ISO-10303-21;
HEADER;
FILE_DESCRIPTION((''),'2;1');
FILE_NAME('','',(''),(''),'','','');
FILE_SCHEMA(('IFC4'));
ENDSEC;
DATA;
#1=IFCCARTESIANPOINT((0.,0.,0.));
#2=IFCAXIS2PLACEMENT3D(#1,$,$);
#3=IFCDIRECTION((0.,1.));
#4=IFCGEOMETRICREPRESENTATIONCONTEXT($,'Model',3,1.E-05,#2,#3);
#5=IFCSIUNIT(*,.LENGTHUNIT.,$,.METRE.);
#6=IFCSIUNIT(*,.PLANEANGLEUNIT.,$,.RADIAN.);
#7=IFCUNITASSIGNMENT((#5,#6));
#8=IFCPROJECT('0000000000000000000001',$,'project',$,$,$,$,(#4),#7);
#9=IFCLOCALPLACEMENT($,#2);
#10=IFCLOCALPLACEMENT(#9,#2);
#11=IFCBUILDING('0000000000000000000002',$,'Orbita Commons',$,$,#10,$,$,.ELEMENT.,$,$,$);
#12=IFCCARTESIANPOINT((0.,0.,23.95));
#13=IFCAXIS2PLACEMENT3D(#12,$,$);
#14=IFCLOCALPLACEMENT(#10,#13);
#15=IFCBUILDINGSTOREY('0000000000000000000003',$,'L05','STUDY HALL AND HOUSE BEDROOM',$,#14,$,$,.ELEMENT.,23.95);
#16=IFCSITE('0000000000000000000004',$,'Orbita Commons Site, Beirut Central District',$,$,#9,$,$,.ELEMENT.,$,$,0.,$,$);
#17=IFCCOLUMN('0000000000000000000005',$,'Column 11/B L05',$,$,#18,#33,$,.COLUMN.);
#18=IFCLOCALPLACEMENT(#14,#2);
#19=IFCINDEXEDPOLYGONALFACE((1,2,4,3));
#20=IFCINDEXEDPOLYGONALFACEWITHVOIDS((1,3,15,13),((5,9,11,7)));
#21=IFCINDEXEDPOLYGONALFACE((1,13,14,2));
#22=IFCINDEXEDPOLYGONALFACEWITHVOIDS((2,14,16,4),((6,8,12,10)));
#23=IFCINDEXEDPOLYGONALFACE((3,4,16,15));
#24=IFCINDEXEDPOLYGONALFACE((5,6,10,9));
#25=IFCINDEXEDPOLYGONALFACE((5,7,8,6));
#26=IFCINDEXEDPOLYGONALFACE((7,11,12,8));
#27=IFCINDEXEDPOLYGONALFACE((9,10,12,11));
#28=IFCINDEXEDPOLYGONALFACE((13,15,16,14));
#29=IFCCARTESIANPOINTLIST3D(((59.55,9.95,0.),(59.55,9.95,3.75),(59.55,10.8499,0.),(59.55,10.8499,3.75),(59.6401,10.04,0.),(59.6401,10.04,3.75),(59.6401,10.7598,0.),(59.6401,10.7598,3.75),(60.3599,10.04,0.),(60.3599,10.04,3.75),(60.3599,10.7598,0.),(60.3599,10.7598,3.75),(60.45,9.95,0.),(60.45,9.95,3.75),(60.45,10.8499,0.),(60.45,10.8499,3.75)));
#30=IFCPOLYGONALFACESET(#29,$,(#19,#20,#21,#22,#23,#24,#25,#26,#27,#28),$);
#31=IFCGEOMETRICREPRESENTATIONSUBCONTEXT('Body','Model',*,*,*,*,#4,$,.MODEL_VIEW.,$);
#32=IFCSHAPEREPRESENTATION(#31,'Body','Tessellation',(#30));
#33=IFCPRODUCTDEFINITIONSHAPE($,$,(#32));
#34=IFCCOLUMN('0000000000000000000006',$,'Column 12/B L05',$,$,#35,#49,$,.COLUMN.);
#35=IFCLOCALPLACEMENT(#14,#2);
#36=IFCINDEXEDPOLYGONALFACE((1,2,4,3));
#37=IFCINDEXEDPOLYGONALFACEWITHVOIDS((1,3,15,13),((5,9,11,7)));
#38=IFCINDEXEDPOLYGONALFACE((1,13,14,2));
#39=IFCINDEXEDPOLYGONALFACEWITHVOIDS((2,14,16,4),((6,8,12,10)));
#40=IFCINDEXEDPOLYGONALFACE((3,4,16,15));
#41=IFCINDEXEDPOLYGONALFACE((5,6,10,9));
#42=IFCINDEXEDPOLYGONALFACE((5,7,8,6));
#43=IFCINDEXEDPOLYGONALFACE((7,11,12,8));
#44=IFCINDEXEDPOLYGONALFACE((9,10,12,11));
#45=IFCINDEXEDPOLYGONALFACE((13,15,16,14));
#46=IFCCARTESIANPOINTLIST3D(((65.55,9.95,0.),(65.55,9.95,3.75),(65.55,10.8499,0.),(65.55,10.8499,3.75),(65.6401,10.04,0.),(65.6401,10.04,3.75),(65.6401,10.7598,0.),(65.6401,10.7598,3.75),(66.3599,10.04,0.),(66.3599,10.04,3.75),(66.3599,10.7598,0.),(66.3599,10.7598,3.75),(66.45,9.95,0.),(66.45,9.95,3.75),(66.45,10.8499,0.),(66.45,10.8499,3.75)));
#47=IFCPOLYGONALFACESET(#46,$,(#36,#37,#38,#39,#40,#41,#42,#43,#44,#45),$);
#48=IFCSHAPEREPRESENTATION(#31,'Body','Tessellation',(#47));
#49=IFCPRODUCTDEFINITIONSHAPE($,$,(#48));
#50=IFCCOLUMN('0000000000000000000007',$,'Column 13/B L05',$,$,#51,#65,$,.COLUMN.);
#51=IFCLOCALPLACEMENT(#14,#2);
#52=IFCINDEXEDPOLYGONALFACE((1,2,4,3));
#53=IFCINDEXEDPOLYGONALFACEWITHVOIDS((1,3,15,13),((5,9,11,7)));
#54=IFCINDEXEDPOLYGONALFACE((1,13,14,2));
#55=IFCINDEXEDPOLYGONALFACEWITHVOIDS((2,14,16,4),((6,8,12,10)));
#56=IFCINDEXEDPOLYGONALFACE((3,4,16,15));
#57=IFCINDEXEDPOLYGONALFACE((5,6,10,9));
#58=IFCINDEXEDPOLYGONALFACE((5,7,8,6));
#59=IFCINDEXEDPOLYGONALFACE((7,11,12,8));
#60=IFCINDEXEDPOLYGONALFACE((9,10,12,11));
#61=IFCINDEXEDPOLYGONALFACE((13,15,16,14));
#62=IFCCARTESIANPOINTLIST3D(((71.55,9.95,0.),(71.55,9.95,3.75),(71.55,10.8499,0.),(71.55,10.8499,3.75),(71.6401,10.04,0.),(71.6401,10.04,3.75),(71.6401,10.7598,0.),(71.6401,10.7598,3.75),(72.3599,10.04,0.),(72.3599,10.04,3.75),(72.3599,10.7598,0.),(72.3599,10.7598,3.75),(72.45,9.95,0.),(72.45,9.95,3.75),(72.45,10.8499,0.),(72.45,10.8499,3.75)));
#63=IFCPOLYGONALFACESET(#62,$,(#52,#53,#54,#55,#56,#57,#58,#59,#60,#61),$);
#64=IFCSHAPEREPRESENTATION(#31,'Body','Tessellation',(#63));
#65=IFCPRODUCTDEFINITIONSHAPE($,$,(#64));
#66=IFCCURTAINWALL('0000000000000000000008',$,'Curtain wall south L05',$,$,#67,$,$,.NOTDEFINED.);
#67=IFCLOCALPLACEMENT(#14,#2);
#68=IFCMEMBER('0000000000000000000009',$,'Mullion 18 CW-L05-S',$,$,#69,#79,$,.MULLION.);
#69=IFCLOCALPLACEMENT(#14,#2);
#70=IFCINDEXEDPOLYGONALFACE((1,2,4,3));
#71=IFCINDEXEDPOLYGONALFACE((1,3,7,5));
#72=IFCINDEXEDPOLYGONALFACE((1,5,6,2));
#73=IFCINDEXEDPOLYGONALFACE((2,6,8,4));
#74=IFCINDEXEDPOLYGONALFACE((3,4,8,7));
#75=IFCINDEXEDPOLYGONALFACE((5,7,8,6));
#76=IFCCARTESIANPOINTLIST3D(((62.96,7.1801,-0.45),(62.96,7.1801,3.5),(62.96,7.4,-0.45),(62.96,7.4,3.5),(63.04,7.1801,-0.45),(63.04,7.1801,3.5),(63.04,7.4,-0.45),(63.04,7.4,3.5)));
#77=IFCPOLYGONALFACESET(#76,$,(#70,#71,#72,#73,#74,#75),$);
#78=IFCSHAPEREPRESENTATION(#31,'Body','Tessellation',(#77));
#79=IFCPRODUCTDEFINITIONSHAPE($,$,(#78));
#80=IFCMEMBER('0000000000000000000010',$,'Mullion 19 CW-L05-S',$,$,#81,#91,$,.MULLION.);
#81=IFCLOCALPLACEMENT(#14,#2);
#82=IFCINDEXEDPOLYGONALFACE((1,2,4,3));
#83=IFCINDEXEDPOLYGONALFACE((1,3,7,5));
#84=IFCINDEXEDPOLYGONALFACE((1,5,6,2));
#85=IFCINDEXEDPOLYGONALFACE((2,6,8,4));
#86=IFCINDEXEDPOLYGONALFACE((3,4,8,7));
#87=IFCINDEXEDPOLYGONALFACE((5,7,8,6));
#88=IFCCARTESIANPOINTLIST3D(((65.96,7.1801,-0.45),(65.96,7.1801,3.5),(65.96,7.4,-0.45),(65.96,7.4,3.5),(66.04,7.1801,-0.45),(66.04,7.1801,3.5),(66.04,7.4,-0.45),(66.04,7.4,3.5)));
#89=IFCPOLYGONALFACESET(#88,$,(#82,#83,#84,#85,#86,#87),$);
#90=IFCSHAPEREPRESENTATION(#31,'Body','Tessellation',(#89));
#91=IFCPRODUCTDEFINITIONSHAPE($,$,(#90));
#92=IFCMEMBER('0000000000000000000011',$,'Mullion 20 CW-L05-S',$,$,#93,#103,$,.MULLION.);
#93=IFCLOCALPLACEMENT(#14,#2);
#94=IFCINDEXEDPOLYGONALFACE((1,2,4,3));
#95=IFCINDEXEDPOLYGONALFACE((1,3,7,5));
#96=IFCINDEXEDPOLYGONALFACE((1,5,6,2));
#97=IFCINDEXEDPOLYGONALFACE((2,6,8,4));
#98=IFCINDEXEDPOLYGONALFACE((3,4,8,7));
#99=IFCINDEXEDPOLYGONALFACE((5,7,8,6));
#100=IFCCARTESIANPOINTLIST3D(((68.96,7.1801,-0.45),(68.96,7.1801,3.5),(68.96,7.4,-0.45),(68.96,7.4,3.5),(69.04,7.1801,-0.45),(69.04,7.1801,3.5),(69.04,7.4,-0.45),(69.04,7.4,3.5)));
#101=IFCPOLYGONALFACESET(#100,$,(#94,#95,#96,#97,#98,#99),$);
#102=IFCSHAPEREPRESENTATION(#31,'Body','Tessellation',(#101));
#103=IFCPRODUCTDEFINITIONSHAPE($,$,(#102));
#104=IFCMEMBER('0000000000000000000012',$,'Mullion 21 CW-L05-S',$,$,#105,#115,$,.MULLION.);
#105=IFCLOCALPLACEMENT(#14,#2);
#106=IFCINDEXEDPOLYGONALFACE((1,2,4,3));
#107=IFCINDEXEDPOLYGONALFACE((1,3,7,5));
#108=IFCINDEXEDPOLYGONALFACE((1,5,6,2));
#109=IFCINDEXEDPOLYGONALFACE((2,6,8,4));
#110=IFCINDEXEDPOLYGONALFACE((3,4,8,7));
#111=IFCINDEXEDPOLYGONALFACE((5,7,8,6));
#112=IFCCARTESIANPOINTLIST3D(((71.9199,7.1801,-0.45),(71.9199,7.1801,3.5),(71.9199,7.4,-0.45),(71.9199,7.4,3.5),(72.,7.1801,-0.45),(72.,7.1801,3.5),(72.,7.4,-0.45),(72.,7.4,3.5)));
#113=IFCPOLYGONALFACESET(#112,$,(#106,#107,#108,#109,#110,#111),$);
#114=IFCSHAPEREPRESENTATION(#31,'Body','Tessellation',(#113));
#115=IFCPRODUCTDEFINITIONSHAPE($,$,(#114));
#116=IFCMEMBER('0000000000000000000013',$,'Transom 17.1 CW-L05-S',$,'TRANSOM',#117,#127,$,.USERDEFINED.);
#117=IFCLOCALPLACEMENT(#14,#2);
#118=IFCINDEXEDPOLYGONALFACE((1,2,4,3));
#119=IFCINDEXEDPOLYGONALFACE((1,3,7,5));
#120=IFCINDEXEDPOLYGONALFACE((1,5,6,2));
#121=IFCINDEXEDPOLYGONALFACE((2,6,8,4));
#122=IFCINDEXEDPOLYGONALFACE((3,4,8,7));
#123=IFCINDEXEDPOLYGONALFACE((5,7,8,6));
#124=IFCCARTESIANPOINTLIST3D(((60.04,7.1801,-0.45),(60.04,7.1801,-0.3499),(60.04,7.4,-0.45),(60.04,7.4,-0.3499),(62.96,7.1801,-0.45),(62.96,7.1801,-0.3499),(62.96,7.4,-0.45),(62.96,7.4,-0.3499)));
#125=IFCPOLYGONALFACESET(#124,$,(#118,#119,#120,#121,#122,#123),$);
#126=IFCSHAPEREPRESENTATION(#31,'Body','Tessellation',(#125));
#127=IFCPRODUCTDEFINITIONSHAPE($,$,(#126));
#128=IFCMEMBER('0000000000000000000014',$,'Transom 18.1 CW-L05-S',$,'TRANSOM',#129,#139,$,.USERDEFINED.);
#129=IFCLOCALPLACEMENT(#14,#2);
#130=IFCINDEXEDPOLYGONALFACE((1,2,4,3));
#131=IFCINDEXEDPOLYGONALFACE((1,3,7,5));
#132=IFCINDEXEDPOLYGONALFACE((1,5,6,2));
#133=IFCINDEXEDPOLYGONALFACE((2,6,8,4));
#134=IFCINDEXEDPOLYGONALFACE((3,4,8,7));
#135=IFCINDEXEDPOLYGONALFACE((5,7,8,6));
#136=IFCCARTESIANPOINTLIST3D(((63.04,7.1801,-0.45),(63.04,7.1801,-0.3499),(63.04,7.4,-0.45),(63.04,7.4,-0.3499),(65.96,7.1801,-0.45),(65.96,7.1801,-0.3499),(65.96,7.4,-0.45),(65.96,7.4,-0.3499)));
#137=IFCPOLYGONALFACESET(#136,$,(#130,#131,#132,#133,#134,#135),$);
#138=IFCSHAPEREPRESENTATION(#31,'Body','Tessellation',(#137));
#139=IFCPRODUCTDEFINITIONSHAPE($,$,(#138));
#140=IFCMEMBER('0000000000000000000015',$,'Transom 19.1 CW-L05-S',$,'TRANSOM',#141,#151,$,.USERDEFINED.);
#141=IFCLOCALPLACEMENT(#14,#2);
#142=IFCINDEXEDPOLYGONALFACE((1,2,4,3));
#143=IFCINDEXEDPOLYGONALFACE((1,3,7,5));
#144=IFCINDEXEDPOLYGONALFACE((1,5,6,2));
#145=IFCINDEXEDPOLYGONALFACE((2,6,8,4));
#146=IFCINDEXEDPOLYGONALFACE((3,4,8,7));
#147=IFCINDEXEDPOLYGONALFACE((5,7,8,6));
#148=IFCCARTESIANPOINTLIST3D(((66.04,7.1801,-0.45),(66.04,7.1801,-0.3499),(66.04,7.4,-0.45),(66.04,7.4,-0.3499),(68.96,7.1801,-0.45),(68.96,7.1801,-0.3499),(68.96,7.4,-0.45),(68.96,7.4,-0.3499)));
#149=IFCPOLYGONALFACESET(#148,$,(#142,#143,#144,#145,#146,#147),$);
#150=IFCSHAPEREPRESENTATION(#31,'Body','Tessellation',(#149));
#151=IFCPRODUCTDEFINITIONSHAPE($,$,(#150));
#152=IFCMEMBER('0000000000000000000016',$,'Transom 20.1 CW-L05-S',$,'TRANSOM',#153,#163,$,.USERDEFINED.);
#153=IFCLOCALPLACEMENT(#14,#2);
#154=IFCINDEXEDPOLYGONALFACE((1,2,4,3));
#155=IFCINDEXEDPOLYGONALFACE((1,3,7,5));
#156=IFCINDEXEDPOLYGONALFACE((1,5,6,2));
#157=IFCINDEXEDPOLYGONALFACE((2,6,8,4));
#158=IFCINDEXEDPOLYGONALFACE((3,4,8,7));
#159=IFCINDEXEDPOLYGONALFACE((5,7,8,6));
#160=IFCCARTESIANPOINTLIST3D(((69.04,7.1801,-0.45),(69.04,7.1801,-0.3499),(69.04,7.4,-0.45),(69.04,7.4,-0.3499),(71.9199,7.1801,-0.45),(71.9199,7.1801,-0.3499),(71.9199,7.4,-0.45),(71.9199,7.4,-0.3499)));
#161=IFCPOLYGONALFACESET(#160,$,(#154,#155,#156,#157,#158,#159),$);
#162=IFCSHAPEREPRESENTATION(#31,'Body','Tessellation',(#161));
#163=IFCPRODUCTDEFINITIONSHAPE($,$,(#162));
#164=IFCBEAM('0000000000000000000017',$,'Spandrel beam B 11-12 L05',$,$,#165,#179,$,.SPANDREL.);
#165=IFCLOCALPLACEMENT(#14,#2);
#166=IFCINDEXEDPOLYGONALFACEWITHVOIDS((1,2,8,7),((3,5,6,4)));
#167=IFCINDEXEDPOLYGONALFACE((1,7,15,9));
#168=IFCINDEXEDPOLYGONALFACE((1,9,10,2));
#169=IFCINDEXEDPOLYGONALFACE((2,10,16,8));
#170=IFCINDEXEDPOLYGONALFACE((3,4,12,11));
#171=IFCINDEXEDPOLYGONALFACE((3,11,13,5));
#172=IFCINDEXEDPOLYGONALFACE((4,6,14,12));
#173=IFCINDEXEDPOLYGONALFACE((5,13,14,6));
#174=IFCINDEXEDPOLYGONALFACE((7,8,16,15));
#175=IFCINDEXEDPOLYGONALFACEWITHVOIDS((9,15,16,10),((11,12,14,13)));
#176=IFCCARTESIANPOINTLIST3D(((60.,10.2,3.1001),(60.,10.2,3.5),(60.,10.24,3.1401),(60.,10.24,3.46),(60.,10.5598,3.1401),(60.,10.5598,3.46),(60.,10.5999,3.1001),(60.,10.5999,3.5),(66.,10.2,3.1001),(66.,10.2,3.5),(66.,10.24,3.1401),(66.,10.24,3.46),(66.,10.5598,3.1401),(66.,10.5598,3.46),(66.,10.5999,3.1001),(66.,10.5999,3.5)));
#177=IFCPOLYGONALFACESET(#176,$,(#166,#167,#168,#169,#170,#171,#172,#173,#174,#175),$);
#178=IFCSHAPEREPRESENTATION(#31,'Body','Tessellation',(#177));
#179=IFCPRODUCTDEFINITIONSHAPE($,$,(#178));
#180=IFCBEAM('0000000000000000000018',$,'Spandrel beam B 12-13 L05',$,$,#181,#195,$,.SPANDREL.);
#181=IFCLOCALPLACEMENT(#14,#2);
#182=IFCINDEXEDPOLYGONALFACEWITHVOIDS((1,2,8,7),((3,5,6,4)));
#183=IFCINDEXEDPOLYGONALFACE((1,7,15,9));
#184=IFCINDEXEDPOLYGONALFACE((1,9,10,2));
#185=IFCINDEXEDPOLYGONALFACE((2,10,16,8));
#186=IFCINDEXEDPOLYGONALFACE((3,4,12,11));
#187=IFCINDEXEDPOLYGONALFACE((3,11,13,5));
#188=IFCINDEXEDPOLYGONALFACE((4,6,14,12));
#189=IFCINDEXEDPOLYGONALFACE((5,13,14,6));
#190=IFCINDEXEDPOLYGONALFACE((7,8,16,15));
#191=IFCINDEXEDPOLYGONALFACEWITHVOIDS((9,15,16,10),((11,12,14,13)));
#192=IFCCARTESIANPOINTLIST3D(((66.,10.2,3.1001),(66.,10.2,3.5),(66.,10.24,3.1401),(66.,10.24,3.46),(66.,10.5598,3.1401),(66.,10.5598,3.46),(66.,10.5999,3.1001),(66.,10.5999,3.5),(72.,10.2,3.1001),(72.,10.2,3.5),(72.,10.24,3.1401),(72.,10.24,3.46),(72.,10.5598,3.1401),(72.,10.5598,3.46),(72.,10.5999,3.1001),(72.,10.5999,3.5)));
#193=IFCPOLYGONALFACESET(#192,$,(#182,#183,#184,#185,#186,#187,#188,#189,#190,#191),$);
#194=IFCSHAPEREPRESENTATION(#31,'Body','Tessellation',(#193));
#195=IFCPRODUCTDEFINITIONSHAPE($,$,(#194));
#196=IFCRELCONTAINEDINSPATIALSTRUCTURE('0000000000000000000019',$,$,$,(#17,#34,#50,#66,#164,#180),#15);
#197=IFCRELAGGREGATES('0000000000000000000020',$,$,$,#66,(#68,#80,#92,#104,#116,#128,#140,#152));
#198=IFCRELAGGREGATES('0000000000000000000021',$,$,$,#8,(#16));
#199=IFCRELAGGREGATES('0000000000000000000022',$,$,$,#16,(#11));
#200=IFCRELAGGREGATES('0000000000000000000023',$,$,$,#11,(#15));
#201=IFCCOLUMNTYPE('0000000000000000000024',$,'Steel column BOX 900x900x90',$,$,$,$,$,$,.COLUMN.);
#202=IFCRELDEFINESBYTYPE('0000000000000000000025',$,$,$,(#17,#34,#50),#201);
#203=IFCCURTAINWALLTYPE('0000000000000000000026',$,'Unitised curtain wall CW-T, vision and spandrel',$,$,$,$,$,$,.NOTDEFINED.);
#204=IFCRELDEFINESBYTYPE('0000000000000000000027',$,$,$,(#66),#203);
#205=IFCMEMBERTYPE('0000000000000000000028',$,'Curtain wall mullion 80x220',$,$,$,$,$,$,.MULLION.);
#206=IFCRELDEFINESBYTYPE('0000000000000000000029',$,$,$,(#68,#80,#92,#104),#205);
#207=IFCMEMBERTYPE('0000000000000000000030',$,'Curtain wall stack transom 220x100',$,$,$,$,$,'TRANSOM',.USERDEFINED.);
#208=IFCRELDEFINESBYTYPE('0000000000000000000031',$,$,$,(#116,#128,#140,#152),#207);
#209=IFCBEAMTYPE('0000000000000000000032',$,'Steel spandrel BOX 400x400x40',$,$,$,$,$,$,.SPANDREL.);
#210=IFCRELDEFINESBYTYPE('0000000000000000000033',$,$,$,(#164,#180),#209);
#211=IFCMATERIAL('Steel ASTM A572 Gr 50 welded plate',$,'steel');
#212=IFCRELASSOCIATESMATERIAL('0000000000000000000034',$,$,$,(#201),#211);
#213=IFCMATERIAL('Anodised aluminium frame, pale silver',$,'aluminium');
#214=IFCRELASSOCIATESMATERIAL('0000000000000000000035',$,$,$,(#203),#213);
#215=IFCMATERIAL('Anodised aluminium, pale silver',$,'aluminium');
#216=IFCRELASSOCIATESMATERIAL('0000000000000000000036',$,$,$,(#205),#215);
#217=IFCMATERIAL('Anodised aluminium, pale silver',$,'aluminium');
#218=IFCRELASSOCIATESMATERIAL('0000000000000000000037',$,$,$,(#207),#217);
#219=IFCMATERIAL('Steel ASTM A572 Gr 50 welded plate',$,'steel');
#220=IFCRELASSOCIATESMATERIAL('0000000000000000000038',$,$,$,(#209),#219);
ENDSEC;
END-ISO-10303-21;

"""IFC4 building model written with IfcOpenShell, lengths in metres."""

from ifc_helpers import new_model, si_unit, direction, frame, origin, origin_2d, place, context, subcontext, project, spatial, rectangle, hollow_rectangle, extrude, material, material_profile, profile_set, type_object, element, aggregate, save


model = new_model("IFC4")

# Units and contexts
model_context = context("Model", 3, precision=1e-05, world=origin(), true_north=direction((0.0, 1.0)))
body_context = subcontext(model_context, "Body", "Model", "MODEL_VIEW")
ifc_project = project(units=[si_unit("LENGTHUNIT", "METRE"), si_unit("PLANEANGLEUNIT", "RADIAN")], contexts=[model_context])

# Site, building, storey
site_placement = place(None, origin())
site = spatial("IfcSite", under=ifc_project, at=site_placement, Name="Orbita Commons Site, Beirut Central District", CompositionType="ELEMENT", RefElevation=0.0)
building_placement = place(site_placement, origin())
building = spatial("IfcBuilding", under=site, at=building_placement, Name="Orbita Commons", CompositionType="ELEMENT")
storey_placement = place(building_placement, frame((0.0, 0.0, 23.95)))
storey = spatial("IfcBuildingStorey", under=building, at=storey_placement, Name="L05", Description="STUDY HALL AND HOUSE BEDROOM", CompositionType="ELEMENT", Elevation=23.95)

# Columns
ifc_material_1 = material(Name="Steel ASTM A572 Gr 50 welded plate", Category="steel")
ifc_material_profile_1 = material_profile(ifc_material_1, hollow_rectangle(XDim=0.8999, YDim=0.8999, WallThickness=0.0901, at=origin_2d()), Name="BOX 900x900x90")
ifc_profile_set_1 = profile_set([ifc_material_profile_1], Name="Steel ASTM A572 Gr 50 welded plate")
column_type = type_object("IfcColumnType", Name="Steel column BOX 900x900x90", PredefinedType="COLUMN", material=ifc_profile_set_1)
for number, where, z_axis, x_axis, name in (
    (1, (60.0, 10.3999, 0.0), (0.0, 0.0, 1.0), (1.0, 0.0, 0.0), "Column 11/B L05"),
    (2, (66.0, 10.3999, 0.0), (0.0, 0.0, 1.0), (1.0, 0.0, 0.0), "Column 12/B L05"),
    (3, (72.0, 10.3999, 0.0), (0.0, 0.0, 1.0), (1.0, 0.0, 0.0), "Column 13/B L05"),
):
    element("IfcColumn", number, at=place(storey_placement, frame(where, z_axis=z_axis, x_axis=x_axis)), inside=storey, type_object=column_type, Name=name, PredefinedType="COLUMN", context=body_context, shape_type="SweptSolid", body=[
        extrude(hollow_rectangle(XDim=0.8999, YDim=0.8999, WallThickness=0.0901, at=origin_2d()), origin(), (0.0, 0.0, 1.0), 3.75),
    ])

# Curtain wall, members
ifc_material_2 = material(Name="Anodised aluminium frame, pale silver", Category="aluminium")
curtain_wall_type = type_object("IfcCurtainWallType", Name="Unitised curtain wall CW-T, vision and spandrel", PredefinedType="NOTDEFINED", material=ifc_material_2)
curtain_wall_placement = place(storey_placement, origin())
curtain_wall = element("IfcCurtainWall", 4, at=curtain_wall_placement, inside=storey, type_object=curtain_wall_type, Name="Curtain wall south L05", PredefinedType="NOTDEFINED")
ifc_material_3 = material(Name="Anodised aluminium, pale silver", Category="aluminium")
ifc_material_profile_2 = material_profile(ifc_material_3, rectangle(XDim=0.0801, YDim=0.22, at=origin_2d()), Name="AL 80x220")
ifc_profile_set_2 = profile_set([ifc_material_profile_2], Name="Anodised aluminium, pale silver")
member_type_1 = type_object("IfcMemberType", Name="Curtain wall mullion 80x220", PredefinedType="MULLION", material=ifc_profile_set_2)
member_1_placement = place(storey_placement, frame((63.0, 7.29, -0.45), z_axis=(0.0, 0.0, 1.0), x_axis=(1.0, 0.0, 0.0)))
member_1 = element("IfcMember", 5, at=member_1_placement, type_object=member_type_1, Name="Mullion 18 CW-L05-S", PredefinedType="MULLION", context=body_context, shape_type="SweptSolid", body=[
    extrude(rectangle(XDim=0.0801, YDim=0.22, at=origin_2d()), origin(), (0.0, 0.0, 1.0), 3.95),
])
member_2_placement = place(storey_placement, frame((66.0, 7.29, -0.45), z_axis=(0.0, 0.0, 1.0), x_axis=(1.0, 0.0, 0.0)))
member_2 = element("IfcMember", 6, at=member_2_placement, type_object=member_type_1, Name="Mullion 19 CW-L05-S", PredefinedType="MULLION", context=body_context, shape_type="SweptSolid", body=[
    extrude(rectangle(XDim=0.0801, YDim=0.22, at=origin_2d()), origin(), (0.0, 0.0, 1.0), 3.95),
])
member_3_placement = place(storey_placement, frame((69.0, 7.29, -0.45), z_axis=(0.0, 0.0, 1.0), x_axis=(1.0, 0.0, 0.0)))
member_3 = element("IfcMember", 7, at=member_3_placement, type_object=member_type_1, Name="Mullion 20 CW-L05-S", PredefinedType="MULLION", context=body_context, shape_type="SweptSolid", body=[
    extrude(rectangle(XDim=0.0801, YDim=0.22, at=origin_2d()), origin(), (0.0, 0.0, 1.0), 3.95),
])
member_4_placement = place(storey_placement, frame((71.96, 7.29, -0.45), z_axis=(0.0, 0.0, 1.0), x_axis=(1.0, 0.0, 0.0)))
member_4 = element("IfcMember", 8, at=member_4_placement, type_object=member_type_1, Name="Mullion 21 CW-L05-S", PredefinedType="MULLION", context=body_context, shape_type="SweptSolid", body=[
    extrude(rectangle(XDim=0.0801, YDim=0.22, at=origin_2d()), origin(), (0.0, 0.0, 1.0), 3.95),
])
ifc_material_4 = material(Name="Anodised aluminium, pale silver", Category="aluminium")
ifc_material_profile_3 = material_profile(ifc_material_4, rectangle(XDim=0.22, YDim=0.1001, at=origin_2d()), Name="AL 220x100")
ifc_profile_set_3 = profile_set([ifc_material_profile_3], Name="Anodised aluminium, pale silver")
member_type_2 = type_object("IfcMemberType", Name="Curtain wall stack transom 220x100", ElementType="TRANSOM", PredefinedType="USERDEFINED", material=ifc_profile_set_3)
member_5_placement = place(storey_placement, frame((60.04, 7.29, -0.3999), z_axis=(1.0, 0.0, 0.0), x_axis=(0.0, 1.0, 0.0)))
member_5 = element("IfcMember", 9, at=member_5_placement, type_object=member_type_2, Name="Transom 17.1 CW-L05-S", ObjectType="TRANSOM", PredefinedType="USERDEFINED", context=body_context, shape_type="SweptSolid", body=[
    extrude(rectangle(XDim=0.22, YDim=0.1001, at=origin_2d()), origin(), (0.0, 0.0, 1.0), 2.9199),
])
member_6_placement = place(storey_placement, frame((63.04, 7.29, -0.3999), z_axis=(1.0, 0.0, 0.0), x_axis=(0.0, 1.0, 0.0)))
member_6 = element("IfcMember", 10, at=member_6_placement, type_object=member_type_2, Name="Transom 18.1 CW-L05-S", ObjectType="TRANSOM", PredefinedType="USERDEFINED", context=body_context, shape_type="SweptSolid", body=[
    extrude(rectangle(XDim=0.22, YDim=0.1001, at=origin_2d()), origin(), (0.0, 0.0, 1.0), 2.9199),
])
member_7_placement = place(storey_placement, frame((66.04, 7.29, -0.3999), z_axis=(1.0, 0.0, 0.0), x_axis=(0.0, 1.0, 0.0)))
member_7 = element("IfcMember", 11, at=member_7_placement, type_object=member_type_2, Name="Transom 19.1 CW-L05-S", ObjectType="TRANSOM", PredefinedType="USERDEFINED", context=body_context, shape_type="SweptSolid", body=[
    extrude(rectangle(XDim=0.22, YDim=0.1001, at=origin_2d()), origin(), (0.0, 0.0, 1.0), 2.9199),
])
member_8_placement = place(storey_placement, frame((69.04, 7.29, -0.3999), z_axis=(1.0, 0.0, 0.0), x_axis=(0.0, 1.0, 0.0)))
member_8 = element("IfcMember", 12, at=member_8_placement, type_object=member_type_2, Name="Transom 20.1 CW-L05-S", ObjectType="TRANSOM", PredefinedType="USERDEFINED", context=body_context, shape_type="SweptSolid", body=[
    extrude(rectangle(XDim=0.22, YDim=0.1001, at=origin_2d()), origin(), (0.0, 0.0, 1.0), 2.8799),
])

# Beams
ifc_material_5 = material(Name="Steel ASTM A572 Gr 50 welded plate", Category="steel")
ifc_material_profile_4 = material_profile(ifc_material_5, hollow_rectangle(XDim=0.3999, YDim=0.3999, WallThickness=0.04, at=origin_2d()), Name="BOX 400x400x40")
ifc_profile_set_4 = profile_set([ifc_material_profile_4], Name="Steel ASTM A572 Gr 50 welded plate")
beam_type = type_object("IfcBeamType", Name="Steel spandrel BOX 400x400x40", PredefinedType="SPANDREL", material=ifc_profile_set_4)
for number, where, z_axis, x_axis, name in (
    (13, (60.0, 10.3999, 3.3), (1.0, 0.0, 0.0), (0.0, 1.0, 0.0), "Spandrel beam B 11-12 L05"),
    (14, (66.0, 10.3999, 3.3), (1.0, 0.0, 0.0), (0.0, 1.0, 0.0), "Spandrel beam B 12-13 L05"),
):
    element("IfcBeam", number, at=place(storey_placement, frame(where, z_axis=z_axis, x_axis=x_axis)), inside=storey, type_object=beam_type, Name=name, PredefinedType="SPANDREL", context=body_context, shape_type="SweptSolid", body=[
        extrude(hollow_rectangle(XDim=0.3999, YDim=0.3999, WallThickness=0.04, at=origin_2d()), origin(), (0.0, 0.0, 1.0), 6.0),
    ])

aggregate(curtain_wall, [member_1, member_2, member_3, member_4, member_5, member_6, member_7, member_8])

save(model, "model.ifc")
